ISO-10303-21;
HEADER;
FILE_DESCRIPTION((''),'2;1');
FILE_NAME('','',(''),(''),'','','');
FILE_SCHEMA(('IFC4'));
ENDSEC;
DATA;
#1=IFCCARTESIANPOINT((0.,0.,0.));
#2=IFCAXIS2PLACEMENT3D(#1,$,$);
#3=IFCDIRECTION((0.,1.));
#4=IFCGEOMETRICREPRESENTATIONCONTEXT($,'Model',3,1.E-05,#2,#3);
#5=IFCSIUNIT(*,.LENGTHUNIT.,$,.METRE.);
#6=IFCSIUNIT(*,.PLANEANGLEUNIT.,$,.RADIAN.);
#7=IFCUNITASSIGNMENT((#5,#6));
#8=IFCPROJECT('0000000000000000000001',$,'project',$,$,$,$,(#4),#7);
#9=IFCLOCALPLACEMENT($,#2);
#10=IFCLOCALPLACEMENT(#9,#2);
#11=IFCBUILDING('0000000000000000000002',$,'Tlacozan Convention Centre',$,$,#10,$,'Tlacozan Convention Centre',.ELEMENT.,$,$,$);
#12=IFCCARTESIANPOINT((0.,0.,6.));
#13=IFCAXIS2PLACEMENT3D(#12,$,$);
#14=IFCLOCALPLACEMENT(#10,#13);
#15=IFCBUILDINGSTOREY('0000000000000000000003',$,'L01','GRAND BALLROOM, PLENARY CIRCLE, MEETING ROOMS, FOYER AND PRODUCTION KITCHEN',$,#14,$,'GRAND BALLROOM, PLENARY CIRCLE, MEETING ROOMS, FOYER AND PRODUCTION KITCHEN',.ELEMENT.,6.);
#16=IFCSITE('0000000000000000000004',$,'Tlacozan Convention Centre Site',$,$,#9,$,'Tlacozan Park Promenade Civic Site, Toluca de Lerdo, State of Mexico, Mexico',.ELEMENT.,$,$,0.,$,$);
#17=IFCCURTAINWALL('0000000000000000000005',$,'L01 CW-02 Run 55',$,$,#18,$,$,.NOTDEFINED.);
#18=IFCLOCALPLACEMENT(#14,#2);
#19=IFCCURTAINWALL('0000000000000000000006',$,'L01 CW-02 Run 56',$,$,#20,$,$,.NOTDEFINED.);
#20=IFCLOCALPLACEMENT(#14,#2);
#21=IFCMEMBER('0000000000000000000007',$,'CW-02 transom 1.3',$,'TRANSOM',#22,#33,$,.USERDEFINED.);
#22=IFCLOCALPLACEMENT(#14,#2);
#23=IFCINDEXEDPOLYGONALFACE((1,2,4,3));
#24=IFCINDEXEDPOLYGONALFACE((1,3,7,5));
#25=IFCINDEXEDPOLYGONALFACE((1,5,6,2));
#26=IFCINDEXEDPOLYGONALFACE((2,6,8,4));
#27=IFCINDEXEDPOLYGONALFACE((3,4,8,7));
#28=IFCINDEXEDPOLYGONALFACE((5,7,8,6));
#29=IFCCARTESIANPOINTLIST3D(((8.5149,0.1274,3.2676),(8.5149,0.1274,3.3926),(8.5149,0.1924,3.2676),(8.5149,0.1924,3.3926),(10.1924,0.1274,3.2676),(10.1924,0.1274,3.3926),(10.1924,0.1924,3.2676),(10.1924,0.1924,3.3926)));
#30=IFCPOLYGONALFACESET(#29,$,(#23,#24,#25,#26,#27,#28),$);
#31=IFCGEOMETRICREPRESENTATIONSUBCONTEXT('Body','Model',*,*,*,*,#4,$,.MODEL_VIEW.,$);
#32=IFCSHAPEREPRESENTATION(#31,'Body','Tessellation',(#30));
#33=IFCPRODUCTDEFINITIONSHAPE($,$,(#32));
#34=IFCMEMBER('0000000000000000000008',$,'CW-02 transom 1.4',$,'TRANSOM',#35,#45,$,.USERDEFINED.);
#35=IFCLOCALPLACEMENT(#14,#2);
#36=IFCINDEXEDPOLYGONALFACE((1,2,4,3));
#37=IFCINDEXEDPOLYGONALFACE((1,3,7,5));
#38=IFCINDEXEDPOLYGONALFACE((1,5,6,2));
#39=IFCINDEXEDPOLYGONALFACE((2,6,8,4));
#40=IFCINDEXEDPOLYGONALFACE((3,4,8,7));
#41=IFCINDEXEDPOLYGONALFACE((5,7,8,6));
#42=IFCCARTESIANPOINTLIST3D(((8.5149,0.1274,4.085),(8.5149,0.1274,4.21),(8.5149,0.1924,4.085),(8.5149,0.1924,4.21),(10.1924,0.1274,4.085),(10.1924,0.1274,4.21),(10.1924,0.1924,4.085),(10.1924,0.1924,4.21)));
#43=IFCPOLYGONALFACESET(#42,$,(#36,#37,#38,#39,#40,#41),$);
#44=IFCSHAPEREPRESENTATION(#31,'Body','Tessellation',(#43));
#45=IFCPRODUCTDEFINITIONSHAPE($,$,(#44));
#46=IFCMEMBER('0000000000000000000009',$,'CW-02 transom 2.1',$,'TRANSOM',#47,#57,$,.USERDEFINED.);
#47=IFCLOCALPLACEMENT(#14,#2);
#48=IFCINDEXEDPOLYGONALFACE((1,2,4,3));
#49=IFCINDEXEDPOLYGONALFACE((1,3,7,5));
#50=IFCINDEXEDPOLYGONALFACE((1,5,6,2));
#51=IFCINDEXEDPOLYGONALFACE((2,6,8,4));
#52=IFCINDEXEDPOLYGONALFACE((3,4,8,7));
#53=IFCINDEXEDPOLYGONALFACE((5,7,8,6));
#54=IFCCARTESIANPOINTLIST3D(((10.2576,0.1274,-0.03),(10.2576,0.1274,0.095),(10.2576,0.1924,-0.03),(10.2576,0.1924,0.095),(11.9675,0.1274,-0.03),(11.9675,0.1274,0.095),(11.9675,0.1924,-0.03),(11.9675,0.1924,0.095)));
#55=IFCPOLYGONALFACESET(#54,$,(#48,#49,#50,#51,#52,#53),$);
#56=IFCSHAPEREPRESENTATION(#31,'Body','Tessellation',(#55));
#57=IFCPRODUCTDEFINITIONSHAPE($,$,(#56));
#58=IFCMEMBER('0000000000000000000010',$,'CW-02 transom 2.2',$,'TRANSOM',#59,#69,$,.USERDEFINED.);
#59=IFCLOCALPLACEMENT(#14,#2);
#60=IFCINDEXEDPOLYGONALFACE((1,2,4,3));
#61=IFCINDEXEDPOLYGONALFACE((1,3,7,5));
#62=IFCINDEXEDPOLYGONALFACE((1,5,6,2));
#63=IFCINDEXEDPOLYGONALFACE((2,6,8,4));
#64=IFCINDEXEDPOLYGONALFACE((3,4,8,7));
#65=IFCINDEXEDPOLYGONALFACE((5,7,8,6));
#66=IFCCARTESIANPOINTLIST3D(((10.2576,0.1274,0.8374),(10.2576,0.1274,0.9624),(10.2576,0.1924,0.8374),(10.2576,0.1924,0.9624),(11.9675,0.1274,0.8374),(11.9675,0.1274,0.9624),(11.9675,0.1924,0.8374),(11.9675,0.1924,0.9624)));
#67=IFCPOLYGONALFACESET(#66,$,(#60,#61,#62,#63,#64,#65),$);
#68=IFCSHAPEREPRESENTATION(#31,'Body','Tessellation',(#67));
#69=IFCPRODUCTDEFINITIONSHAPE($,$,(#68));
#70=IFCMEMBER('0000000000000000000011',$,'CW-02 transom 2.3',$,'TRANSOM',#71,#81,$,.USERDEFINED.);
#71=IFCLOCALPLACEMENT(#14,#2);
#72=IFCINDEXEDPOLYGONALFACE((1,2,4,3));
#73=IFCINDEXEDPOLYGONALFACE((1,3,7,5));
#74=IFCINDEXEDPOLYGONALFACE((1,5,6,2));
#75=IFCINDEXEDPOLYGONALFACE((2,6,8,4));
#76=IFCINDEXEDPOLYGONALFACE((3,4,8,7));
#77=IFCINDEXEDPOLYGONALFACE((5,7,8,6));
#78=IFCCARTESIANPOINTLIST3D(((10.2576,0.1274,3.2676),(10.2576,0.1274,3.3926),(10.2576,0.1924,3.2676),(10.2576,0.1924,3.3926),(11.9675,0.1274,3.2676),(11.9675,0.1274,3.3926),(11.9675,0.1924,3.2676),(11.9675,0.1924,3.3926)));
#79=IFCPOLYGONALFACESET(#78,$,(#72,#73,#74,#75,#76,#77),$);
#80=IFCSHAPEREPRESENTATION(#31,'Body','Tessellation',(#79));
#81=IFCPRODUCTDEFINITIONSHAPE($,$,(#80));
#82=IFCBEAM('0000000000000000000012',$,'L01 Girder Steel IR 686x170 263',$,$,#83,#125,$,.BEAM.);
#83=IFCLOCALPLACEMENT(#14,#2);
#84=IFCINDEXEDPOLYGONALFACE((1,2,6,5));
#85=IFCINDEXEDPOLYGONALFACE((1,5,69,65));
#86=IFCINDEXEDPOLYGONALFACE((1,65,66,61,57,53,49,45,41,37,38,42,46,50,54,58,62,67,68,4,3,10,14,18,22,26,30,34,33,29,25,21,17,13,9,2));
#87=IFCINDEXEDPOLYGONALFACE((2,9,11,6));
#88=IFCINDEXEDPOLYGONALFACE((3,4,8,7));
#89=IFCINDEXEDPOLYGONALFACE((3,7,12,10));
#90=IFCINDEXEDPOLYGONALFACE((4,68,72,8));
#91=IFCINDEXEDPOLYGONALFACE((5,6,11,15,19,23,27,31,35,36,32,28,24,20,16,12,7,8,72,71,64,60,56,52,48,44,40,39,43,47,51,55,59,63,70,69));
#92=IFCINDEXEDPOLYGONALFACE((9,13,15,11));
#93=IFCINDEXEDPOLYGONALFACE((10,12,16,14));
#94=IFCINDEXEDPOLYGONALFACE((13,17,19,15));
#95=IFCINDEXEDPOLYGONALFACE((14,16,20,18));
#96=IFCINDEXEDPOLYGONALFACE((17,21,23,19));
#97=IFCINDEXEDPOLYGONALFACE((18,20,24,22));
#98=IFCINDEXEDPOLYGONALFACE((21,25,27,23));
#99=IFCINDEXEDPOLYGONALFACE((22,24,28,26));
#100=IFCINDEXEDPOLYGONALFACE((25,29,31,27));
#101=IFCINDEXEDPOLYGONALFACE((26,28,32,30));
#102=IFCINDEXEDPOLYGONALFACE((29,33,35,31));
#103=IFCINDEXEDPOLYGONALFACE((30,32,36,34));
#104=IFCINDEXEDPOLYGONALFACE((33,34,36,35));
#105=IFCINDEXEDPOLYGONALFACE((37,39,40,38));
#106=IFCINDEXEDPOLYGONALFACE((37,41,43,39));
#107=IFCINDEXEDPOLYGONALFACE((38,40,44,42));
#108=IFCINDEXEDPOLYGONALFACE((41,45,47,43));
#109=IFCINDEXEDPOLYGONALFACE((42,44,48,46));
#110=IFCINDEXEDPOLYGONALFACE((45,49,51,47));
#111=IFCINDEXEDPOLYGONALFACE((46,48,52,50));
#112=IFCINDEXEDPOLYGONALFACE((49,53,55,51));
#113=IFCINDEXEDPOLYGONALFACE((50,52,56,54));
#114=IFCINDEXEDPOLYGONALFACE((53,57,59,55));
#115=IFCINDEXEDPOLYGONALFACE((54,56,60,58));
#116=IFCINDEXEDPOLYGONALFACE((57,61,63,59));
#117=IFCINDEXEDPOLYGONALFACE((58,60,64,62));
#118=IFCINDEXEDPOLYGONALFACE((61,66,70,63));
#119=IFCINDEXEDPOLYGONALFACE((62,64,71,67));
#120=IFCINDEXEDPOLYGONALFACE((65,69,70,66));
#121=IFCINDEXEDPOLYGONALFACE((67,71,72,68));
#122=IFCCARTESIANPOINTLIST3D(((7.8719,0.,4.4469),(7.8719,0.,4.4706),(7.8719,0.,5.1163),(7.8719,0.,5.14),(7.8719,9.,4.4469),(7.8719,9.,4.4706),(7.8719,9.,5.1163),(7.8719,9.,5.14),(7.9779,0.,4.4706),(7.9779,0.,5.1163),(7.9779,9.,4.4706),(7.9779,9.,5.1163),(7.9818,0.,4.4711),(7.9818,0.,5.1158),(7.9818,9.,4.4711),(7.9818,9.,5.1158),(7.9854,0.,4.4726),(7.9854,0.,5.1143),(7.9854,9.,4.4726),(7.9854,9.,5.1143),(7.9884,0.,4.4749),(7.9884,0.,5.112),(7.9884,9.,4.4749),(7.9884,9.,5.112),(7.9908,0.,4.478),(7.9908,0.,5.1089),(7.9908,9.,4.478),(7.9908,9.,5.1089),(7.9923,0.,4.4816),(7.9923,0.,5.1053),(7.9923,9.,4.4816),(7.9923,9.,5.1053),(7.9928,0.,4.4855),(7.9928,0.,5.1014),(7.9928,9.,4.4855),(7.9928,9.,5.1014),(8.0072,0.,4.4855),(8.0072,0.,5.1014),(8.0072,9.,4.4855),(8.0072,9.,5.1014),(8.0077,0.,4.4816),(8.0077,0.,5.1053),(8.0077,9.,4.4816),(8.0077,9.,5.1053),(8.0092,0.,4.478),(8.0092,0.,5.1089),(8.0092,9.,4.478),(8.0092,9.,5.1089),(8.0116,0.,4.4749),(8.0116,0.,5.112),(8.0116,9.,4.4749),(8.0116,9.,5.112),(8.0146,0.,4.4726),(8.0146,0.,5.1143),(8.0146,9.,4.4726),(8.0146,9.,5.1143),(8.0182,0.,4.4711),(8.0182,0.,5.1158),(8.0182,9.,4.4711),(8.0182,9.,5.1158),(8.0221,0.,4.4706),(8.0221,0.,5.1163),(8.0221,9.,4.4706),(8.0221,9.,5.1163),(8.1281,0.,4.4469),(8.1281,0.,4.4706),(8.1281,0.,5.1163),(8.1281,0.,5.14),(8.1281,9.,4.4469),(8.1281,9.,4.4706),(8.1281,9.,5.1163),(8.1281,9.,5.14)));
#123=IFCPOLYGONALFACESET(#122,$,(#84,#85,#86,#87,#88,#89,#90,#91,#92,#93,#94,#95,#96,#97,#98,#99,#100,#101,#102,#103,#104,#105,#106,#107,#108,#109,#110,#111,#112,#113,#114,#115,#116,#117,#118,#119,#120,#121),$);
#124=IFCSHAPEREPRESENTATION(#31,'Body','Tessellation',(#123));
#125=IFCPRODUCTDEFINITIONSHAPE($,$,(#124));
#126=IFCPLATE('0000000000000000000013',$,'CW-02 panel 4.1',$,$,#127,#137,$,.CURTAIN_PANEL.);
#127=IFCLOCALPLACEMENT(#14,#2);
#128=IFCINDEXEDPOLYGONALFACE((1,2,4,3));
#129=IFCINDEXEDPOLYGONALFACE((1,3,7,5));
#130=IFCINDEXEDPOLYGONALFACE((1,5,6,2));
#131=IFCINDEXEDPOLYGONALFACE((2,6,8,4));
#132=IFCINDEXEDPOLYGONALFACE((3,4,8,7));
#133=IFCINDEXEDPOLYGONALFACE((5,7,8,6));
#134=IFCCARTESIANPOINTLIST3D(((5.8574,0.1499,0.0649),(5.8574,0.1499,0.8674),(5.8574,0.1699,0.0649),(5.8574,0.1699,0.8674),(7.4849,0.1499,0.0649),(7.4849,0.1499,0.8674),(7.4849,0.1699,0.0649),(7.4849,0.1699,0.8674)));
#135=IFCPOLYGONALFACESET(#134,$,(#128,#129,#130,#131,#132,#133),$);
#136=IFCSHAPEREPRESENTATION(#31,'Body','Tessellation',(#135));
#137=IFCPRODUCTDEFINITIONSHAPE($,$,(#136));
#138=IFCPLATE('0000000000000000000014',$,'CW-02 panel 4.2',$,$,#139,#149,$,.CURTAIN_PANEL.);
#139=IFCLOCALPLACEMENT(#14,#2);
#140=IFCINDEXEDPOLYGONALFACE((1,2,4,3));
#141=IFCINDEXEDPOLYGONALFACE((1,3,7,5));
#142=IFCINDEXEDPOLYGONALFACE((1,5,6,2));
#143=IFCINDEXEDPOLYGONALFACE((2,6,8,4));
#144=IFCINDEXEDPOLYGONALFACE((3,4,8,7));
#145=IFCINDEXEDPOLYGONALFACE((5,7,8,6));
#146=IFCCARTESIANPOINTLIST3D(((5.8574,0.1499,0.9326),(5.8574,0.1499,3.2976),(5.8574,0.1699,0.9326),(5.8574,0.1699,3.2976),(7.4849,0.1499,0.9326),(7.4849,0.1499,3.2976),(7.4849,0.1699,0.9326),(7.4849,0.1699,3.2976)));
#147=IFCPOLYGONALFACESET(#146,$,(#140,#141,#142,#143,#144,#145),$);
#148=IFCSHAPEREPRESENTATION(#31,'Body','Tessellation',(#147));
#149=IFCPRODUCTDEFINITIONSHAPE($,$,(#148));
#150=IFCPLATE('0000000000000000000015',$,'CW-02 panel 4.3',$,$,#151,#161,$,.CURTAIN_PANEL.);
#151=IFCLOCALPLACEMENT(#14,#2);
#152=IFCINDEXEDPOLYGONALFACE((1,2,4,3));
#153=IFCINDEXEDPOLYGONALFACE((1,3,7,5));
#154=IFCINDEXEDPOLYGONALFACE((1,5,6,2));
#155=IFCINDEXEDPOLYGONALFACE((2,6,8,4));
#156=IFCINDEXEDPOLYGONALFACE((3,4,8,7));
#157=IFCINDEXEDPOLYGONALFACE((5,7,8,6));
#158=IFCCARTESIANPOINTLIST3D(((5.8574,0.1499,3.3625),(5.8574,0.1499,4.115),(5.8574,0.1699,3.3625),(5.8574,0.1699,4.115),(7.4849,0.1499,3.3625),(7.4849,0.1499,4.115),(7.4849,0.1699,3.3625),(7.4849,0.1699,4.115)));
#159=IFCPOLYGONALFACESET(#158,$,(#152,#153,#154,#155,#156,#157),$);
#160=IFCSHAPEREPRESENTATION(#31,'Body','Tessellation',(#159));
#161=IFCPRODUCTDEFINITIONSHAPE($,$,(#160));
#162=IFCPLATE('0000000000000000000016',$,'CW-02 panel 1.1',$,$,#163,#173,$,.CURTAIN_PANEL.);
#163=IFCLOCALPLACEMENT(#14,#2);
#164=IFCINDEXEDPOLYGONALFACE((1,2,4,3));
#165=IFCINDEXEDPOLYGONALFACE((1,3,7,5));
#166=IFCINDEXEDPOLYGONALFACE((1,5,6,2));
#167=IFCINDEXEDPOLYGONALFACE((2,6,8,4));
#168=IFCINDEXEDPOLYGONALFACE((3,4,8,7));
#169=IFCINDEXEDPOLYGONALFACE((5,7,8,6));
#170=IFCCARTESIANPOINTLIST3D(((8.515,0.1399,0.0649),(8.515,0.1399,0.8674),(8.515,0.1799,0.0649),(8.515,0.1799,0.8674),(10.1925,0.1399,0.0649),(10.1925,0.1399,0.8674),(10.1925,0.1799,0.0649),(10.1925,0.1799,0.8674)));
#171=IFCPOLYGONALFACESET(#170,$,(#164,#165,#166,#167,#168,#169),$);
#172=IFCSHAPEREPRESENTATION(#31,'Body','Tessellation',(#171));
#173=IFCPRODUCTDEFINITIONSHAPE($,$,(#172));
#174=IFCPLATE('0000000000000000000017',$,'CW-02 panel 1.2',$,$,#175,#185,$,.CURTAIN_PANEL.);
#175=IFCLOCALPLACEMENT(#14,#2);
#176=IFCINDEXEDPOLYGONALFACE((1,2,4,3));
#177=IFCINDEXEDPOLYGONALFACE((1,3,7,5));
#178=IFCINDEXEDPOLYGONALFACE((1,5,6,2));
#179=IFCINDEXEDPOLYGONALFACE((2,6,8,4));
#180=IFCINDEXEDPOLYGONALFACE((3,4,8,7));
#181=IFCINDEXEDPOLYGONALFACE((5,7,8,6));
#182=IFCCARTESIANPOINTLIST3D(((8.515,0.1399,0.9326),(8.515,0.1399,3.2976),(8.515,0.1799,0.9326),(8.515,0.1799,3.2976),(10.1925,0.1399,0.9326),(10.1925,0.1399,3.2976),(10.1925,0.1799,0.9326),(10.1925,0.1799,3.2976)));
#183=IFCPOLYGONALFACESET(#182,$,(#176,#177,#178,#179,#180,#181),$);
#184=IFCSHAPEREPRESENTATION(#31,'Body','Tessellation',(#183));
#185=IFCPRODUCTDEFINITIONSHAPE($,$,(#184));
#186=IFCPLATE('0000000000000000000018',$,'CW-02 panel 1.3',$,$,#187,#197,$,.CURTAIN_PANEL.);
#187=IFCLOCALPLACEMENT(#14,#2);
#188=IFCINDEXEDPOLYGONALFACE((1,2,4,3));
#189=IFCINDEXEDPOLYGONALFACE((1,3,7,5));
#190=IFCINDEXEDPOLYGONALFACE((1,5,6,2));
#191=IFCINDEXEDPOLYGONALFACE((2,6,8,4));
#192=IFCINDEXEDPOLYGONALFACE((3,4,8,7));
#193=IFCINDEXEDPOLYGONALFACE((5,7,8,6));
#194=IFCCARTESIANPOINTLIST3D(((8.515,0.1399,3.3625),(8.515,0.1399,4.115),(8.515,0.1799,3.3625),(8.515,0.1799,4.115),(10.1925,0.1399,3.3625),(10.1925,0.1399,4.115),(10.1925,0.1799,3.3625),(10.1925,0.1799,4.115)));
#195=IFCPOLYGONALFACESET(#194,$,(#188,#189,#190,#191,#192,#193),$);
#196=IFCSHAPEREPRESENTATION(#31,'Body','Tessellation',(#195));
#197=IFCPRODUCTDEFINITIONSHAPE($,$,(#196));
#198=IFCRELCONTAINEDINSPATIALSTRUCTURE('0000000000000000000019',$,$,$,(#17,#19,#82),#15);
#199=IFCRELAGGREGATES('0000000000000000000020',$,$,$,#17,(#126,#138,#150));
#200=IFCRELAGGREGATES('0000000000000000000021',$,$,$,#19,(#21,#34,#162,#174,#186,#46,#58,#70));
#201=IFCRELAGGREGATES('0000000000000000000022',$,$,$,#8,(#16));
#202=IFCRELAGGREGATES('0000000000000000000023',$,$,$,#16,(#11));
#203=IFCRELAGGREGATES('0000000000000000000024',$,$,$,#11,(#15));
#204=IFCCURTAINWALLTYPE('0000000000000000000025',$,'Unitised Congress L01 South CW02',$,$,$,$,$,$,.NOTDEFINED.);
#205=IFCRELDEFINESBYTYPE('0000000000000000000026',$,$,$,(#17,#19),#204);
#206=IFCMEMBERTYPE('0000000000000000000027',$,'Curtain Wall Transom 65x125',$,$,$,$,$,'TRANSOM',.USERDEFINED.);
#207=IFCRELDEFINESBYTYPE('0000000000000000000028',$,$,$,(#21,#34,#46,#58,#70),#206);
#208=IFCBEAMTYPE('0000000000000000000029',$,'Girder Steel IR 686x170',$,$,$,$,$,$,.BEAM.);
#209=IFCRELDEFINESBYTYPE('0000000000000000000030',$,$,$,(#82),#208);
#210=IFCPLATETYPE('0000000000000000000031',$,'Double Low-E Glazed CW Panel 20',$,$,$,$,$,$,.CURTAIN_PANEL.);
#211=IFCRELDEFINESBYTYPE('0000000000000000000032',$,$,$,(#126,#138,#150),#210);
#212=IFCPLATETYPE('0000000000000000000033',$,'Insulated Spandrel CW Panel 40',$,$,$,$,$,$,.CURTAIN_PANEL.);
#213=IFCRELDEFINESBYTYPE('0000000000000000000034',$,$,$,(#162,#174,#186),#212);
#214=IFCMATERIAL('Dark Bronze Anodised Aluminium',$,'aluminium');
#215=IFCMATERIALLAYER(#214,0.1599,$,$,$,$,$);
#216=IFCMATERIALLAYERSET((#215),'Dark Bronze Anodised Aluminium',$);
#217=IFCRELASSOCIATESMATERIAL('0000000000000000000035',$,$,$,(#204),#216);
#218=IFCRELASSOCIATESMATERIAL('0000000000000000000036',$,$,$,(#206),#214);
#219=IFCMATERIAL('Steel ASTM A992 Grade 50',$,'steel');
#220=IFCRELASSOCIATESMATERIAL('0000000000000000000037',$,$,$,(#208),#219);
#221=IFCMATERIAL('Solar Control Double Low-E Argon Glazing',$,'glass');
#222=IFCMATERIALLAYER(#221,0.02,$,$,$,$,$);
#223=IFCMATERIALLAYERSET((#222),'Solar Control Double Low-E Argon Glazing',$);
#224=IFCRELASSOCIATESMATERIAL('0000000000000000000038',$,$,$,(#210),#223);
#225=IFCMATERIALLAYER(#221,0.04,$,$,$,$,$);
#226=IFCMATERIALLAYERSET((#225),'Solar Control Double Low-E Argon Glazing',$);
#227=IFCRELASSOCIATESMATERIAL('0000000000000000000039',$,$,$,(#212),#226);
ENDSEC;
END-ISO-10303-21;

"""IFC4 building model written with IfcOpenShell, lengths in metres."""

from ifc_helpers import new_model, si_unit, direction, frame, origin, origin_2d, place, context, subcontext, project, spatial, rectangle, i_section, extrude, material, layer, layer_set, material_profile, profile_set, type_object, element, aggregate, save


model = new_model("IFC4")

# Units and contexts
model_context = context("Model", 3, precision=1e-05, world=origin(), true_north=direction((0.0, 1.0)))
body_context = subcontext(model_context, "Body", "Model", "MODEL_VIEW")
ifc_project = project(units=[si_unit("LENGTHUNIT", "METRE"), si_unit("PLANEANGLEUNIT", "RADIAN")], contexts=[model_context])

# Site, building, storey
site_placement = place(None, origin())
site = spatial("IfcSite", under=ifc_project, at=site_placement, Name="Tlacozan Convention Centre Site", LongName="Tlacozan Park Promenade Civic Site, Toluca de Lerdo, State of Mexico, Mexico", CompositionType="ELEMENT", RefElevation=0.0)
building_placement = place(site_placement, origin())
building = spatial("IfcBuilding", under=site, at=building_placement, Name="Tlacozan Convention Centre", LongName="Tlacozan Convention Centre", CompositionType="ELEMENT")
storey_placement = place(building_placement, frame((0.0, 0.0, 6.0)))
storey = spatial("IfcBuildingStorey", under=building, at=storey_placement, Name="L01", Description="GRAND BALLROOM, PLENARY CIRCLE, MEETING ROOMS, FOYER AND PRODUCTION KITCHEN", LongName="GRAND BALLROOM, PLENARY CIRCLE, MEETING ROOMS, FOYER AND PRODUCTION KITCHEN", CompositionType="ELEMENT", Elevation=6.0)

# Shared definitions
ifc_material_1 = material(Name="Steel ASTM A992 Grade 50", Category="steel")

# Curtain wall
ifc_material_2 = material(Name="Dark Bronze Anodised Aluminium", Category="aluminium")
ifc_layer_1 = layer(ifc_material_2, 0.1599)
ifc_layer_set_1 = layer_set([ifc_layer_1], Name="Dark Bronze Anodised Aluminium")
curtain_wall_type = type_object("IfcCurtainWallType", Name="Unitised Congress L01 South CW02", PredefinedType="NOTDEFINED", material=ifc_layer_set_1)
curtain_wall_1_placement = place(storey_placement, origin())
curtain_wall_1 = element("IfcCurtainWall", 1, at=curtain_wall_1_placement, inside=storey, type_object=curtain_wall_type, Name="L01 CW-02 Run 55", PredefinedType="NOTDEFINED")

# Curtain wall
curtain_wall_2_placement = place(storey_placement, origin())
curtain_wall_2 = element("IfcCurtainWall", 2, at=curtain_wall_2_placement, inside=storey, type_object=curtain_wall_type, Name="L01 CW-02 Run 56", PredefinedType="NOTDEFINED")

# Members
ifc_material_profile_1 = material_profile(ifc_material_2, rectangle(XDim=0.0649, YDim=0.125, at=origin_2d()), Name="ALU 65x125")
ifc_profile_set_1 = profile_set([ifc_material_profile_1], Name="Dark Bronze Anodised Aluminium")
member_type_1 = type_object("IfcMemberType", Name="Curtain Wall Transom 65x125", ElementType="TRANSOM", PredefinedType="USERDEFINED", material=ifc_profile_set_1)
member_1_placement = place(storey_placement, frame((8.5149, 0.1599, 3.3301), z_axis=(1.0, 0.0, 0.0), x_axis=(0.0, 1.0, 0.0)))
member_1 = element("IfcMember", 3, at=member_1_placement, type_object=member_type_1, Name="CW-02 transom 1.3", ObjectType="TRANSOM", PredefinedType="USERDEFINED", context=body_context, shape_type="SweptSolid", body=[
    extrude(rectangle(XDim=0.0649, YDim=0.125, at=origin_2d()), origin(), (0.0, 0.0, 1.0), 1.6775),
])
member_2_placement = place(storey_placement, frame((8.5149, 0.1599, 4.1475), z_axis=(1.0, 0.0, 0.0), x_axis=(0.0, 1.0, 0.0)))
member_2 = element("IfcMember", 4, at=member_2_placement, type_object=member_type_1, Name="CW-02 transom 1.4", ObjectType="TRANSOM", PredefinedType="USERDEFINED", context=body_context, shape_type="SweptSolid", body=[
    extrude(rectangle(XDim=0.0649, YDim=0.125, at=origin_2d()), origin(), (0.0, 0.0, 1.0), 1.6775),
])
member_3_placement = place(storey_placement, frame((10.2576, 0.1599, 0.0325), z_axis=(1.0, 0.0, 0.0), x_axis=(0.0, 1.0, 0.0)))
member_3 = element("IfcMember", 5, at=member_3_placement, type_object=member_type_1, Name="CW-02 transom 2.1", ObjectType="TRANSOM", PredefinedType="USERDEFINED", context=body_context, shape_type="SweptSolid", body=[
    extrude(rectangle(XDim=0.0649, YDim=0.125, at=origin_2d()), origin(), (0.0, 0.0, 1.0), 1.71),
])
member_4_placement = place(storey_placement, frame((10.2576, 0.1599, 0.8999), z_axis=(1.0, 0.0, 0.0), x_axis=(0.0, 1.0, 0.0)))
member_4 = element("IfcMember", 6, at=member_4_placement, type_object=member_type_1, Name="CW-02 transom 2.2", ObjectType="TRANSOM", PredefinedType="USERDEFINED", context=body_context, shape_type="SweptSolid", body=[
    extrude(rectangle(XDim=0.0649, YDim=0.125, at=origin_2d()), origin(), (0.0, 0.0, 1.0), 1.71),
])
member_5_placement = place(storey_placement, frame((10.2576, 0.1599, 3.3301), z_axis=(1.0, 0.0, 0.0), x_axis=(0.0, 1.0, 0.0)))
member_5 = element("IfcMember", 7, at=member_5_placement, type_object=member_type_1, Name="CW-02 transom 2.3", ObjectType="TRANSOM", PredefinedType="USERDEFINED", context=body_context, shape_type="SweptSolid", body=[
    extrude(rectangle(XDim=0.0649, YDim=0.125, at=origin_2d()), origin(), (0.0, 0.0, 1.0), 1.71),
])

# Beam
ifc_material_profile_2 = material_profile(ifc_material_1, i_section(OverallWidth=0.2561, OverallDepth=0.6931, WebThickness=0.0144, FlangeThickness=0.0237, FilletRadius=0.0149, at=origin_2d()), Name="IR 686x170.0")
ifc_profile_set_2 = profile_set([ifc_material_profile_2], Name="Steel ASTM A992 Grade 50")
beam_type_1 = type_object("IfcBeamType", Name="Girder Steel IR 686x170", PredefinedType="BEAM", material=ifc_profile_set_2)
beam_1_placement = place(storey_placement, frame((8.0, 0.0, 4.7935), z_axis=(0.0, 1.0, 0.0), x_axis=(-1.0, 0.0, 0.0)))
element("IfcBeam", 8, at=beam_1_placement, inside=storey, type_object=beam_type_1, Name="L01 Girder Steel IR 686x170 263", PredefinedType="BEAM", context=body_context, shape_type="SweptSolid", body=[
    extrude(i_section(OverallWidth=0.2561, OverallDepth=0.6931, WebThickness=0.0144, FlangeThickness=0.0237, FilletRadius=0.0149, at=origin_2d()), origin(), (0.0, 0.0, 1.0), 9.0),
])

# Plates
ifc_material_3 = material(Name="Solar Control Double Low-E Argon Glazing", Category="glass")
ifc_layer_2 = layer(ifc_material_3, 0.02)
ifc_layer_set_2 = layer_set([ifc_layer_2], Name="Solar Control Double Low-E Argon Glazing")
plate_type_1 = type_object("IfcPlateType", Name="Double Low-E Glazed CW Panel 20", PredefinedType="CURTAIN_PANEL", material=ifc_layer_set_2)
plate_1_placement = place(storey_placement, frame((6.6711, 0.1599, 0.0649), z_axis=(0.0, 0.0, 1.0), x_axis=(1.0, 0.0, 0.0)))
plate_1 = element("IfcPlate", 9, at=plate_1_placement, type_object=plate_type_1, Name="CW-02 panel 4.1", PredefinedType="CURTAIN_PANEL", context=body_context, shape_type="SweptSolid", body=[
    extrude(rectangle(XDim=1.6274, YDim=0.02, at=origin_2d()), origin(), (0.0, 0.0, 1.0), 0.8025),
])
plate_2_placement = place(storey_placement, frame((6.6711, 0.1599, 0.9326), z_axis=(0.0, 0.0, 1.0), x_axis=(1.0, 0.0, 0.0)))
plate_2 = element("IfcPlate", 10, at=plate_2_placement, type_object=plate_type_1, Name="CW-02 panel 4.2", PredefinedType="CURTAIN_PANEL", context=body_context, shape_type="SweptSolid", body=[
    extrude(rectangle(XDim=1.6274, YDim=0.02, at=origin_2d()), origin(), (0.0, 0.0, 1.0), 2.365),
])
plate_3_placement = place(storey_placement, frame((6.6711, 0.1599, 3.3625), z_axis=(0.0, 0.0, 1.0), x_axis=(1.0, 0.0, 0.0)))
plate_3 = element("IfcPlate", 11, at=plate_3_placement, type_object=plate_type_1, Name="CW-02 panel 4.3", PredefinedType="CURTAIN_PANEL", context=body_context, shape_type="SweptSolid", body=[
    extrude(rectangle(XDim=1.6274, YDim=0.02, at=origin_2d()), origin(), (0.0, 0.0, 1.0), 0.7524),
])
aggregate(curtain_wall_1, [plate_1, plate_2, plate_3])
ifc_layer_3 = layer(ifc_material_3, 0.04)
ifc_layer_set_3 = layer_set([ifc_layer_3], Name="Solar Control Double Low-E Argon Glazing")
plate_type_2 = type_object("IfcPlateType", Name="Insulated Spandrel CW Panel 40", PredefinedType="CURTAIN_PANEL", material=ifc_layer_set_3)
plate_4_placement = place(storey_placement, frame((9.3538, 0.1599, 0.0649), z_axis=(0.0, 0.0, 1.0), x_axis=(1.0, 0.0, 0.0)))
plate_4 = element("IfcPlate", 12, at=plate_4_placement, type_object=plate_type_2, Name="CW-02 panel 1.1", PredefinedType="CURTAIN_PANEL", context=body_context, shape_type="SweptSolid", body=[
    extrude(rectangle(XDim=1.6775, YDim=0.04, at=origin_2d()), origin(), (0.0, 0.0, 1.0), 0.8025),
])
plate_5_placement = place(storey_placement, frame((9.3538, 0.1599, 0.9326), z_axis=(0.0, 0.0, 1.0), x_axis=(1.0, 0.0, 0.0)))
plate_5 = element("IfcPlate", 13, at=plate_5_placement, type_object=plate_type_2, Name="CW-02 panel 1.2", PredefinedType="CURTAIN_PANEL", context=body_context, shape_type="SweptSolid", body=[
    extrude(rectangle(XDim=1.6775, YDim=0.04, at=origin_2d()), origin(), (0.0, 0.0, 1.0), 2.365),
])
plate_6_placement = place(storey_placement, frame((9.3538, 0.1599, 3.3625), z_axis=(0.0, 0.0, 1.0), x_axis=(1.0, 0.0, 0.0)))
plate_6 = element("IfcPlate", 14, at=plate_6_placement, type_object=plate_type_2, Name="CW-02 panel 1.3", PredefinedType="CURTAIN_PANEL", context=body_context, shape_type="SweptSolid", body=[
    extrude(rectangle(XDim=1.6775, YDim=0.04, at=origin_2d()), origin(), (0.0, 0.0, 1.0), 0.7524),
])
aggregate(curtain_wall_2, [member_1, member_2, plate_4, plate_5, plate_6, member_3, member_4, member_5])

save(model, "model.ifc")
